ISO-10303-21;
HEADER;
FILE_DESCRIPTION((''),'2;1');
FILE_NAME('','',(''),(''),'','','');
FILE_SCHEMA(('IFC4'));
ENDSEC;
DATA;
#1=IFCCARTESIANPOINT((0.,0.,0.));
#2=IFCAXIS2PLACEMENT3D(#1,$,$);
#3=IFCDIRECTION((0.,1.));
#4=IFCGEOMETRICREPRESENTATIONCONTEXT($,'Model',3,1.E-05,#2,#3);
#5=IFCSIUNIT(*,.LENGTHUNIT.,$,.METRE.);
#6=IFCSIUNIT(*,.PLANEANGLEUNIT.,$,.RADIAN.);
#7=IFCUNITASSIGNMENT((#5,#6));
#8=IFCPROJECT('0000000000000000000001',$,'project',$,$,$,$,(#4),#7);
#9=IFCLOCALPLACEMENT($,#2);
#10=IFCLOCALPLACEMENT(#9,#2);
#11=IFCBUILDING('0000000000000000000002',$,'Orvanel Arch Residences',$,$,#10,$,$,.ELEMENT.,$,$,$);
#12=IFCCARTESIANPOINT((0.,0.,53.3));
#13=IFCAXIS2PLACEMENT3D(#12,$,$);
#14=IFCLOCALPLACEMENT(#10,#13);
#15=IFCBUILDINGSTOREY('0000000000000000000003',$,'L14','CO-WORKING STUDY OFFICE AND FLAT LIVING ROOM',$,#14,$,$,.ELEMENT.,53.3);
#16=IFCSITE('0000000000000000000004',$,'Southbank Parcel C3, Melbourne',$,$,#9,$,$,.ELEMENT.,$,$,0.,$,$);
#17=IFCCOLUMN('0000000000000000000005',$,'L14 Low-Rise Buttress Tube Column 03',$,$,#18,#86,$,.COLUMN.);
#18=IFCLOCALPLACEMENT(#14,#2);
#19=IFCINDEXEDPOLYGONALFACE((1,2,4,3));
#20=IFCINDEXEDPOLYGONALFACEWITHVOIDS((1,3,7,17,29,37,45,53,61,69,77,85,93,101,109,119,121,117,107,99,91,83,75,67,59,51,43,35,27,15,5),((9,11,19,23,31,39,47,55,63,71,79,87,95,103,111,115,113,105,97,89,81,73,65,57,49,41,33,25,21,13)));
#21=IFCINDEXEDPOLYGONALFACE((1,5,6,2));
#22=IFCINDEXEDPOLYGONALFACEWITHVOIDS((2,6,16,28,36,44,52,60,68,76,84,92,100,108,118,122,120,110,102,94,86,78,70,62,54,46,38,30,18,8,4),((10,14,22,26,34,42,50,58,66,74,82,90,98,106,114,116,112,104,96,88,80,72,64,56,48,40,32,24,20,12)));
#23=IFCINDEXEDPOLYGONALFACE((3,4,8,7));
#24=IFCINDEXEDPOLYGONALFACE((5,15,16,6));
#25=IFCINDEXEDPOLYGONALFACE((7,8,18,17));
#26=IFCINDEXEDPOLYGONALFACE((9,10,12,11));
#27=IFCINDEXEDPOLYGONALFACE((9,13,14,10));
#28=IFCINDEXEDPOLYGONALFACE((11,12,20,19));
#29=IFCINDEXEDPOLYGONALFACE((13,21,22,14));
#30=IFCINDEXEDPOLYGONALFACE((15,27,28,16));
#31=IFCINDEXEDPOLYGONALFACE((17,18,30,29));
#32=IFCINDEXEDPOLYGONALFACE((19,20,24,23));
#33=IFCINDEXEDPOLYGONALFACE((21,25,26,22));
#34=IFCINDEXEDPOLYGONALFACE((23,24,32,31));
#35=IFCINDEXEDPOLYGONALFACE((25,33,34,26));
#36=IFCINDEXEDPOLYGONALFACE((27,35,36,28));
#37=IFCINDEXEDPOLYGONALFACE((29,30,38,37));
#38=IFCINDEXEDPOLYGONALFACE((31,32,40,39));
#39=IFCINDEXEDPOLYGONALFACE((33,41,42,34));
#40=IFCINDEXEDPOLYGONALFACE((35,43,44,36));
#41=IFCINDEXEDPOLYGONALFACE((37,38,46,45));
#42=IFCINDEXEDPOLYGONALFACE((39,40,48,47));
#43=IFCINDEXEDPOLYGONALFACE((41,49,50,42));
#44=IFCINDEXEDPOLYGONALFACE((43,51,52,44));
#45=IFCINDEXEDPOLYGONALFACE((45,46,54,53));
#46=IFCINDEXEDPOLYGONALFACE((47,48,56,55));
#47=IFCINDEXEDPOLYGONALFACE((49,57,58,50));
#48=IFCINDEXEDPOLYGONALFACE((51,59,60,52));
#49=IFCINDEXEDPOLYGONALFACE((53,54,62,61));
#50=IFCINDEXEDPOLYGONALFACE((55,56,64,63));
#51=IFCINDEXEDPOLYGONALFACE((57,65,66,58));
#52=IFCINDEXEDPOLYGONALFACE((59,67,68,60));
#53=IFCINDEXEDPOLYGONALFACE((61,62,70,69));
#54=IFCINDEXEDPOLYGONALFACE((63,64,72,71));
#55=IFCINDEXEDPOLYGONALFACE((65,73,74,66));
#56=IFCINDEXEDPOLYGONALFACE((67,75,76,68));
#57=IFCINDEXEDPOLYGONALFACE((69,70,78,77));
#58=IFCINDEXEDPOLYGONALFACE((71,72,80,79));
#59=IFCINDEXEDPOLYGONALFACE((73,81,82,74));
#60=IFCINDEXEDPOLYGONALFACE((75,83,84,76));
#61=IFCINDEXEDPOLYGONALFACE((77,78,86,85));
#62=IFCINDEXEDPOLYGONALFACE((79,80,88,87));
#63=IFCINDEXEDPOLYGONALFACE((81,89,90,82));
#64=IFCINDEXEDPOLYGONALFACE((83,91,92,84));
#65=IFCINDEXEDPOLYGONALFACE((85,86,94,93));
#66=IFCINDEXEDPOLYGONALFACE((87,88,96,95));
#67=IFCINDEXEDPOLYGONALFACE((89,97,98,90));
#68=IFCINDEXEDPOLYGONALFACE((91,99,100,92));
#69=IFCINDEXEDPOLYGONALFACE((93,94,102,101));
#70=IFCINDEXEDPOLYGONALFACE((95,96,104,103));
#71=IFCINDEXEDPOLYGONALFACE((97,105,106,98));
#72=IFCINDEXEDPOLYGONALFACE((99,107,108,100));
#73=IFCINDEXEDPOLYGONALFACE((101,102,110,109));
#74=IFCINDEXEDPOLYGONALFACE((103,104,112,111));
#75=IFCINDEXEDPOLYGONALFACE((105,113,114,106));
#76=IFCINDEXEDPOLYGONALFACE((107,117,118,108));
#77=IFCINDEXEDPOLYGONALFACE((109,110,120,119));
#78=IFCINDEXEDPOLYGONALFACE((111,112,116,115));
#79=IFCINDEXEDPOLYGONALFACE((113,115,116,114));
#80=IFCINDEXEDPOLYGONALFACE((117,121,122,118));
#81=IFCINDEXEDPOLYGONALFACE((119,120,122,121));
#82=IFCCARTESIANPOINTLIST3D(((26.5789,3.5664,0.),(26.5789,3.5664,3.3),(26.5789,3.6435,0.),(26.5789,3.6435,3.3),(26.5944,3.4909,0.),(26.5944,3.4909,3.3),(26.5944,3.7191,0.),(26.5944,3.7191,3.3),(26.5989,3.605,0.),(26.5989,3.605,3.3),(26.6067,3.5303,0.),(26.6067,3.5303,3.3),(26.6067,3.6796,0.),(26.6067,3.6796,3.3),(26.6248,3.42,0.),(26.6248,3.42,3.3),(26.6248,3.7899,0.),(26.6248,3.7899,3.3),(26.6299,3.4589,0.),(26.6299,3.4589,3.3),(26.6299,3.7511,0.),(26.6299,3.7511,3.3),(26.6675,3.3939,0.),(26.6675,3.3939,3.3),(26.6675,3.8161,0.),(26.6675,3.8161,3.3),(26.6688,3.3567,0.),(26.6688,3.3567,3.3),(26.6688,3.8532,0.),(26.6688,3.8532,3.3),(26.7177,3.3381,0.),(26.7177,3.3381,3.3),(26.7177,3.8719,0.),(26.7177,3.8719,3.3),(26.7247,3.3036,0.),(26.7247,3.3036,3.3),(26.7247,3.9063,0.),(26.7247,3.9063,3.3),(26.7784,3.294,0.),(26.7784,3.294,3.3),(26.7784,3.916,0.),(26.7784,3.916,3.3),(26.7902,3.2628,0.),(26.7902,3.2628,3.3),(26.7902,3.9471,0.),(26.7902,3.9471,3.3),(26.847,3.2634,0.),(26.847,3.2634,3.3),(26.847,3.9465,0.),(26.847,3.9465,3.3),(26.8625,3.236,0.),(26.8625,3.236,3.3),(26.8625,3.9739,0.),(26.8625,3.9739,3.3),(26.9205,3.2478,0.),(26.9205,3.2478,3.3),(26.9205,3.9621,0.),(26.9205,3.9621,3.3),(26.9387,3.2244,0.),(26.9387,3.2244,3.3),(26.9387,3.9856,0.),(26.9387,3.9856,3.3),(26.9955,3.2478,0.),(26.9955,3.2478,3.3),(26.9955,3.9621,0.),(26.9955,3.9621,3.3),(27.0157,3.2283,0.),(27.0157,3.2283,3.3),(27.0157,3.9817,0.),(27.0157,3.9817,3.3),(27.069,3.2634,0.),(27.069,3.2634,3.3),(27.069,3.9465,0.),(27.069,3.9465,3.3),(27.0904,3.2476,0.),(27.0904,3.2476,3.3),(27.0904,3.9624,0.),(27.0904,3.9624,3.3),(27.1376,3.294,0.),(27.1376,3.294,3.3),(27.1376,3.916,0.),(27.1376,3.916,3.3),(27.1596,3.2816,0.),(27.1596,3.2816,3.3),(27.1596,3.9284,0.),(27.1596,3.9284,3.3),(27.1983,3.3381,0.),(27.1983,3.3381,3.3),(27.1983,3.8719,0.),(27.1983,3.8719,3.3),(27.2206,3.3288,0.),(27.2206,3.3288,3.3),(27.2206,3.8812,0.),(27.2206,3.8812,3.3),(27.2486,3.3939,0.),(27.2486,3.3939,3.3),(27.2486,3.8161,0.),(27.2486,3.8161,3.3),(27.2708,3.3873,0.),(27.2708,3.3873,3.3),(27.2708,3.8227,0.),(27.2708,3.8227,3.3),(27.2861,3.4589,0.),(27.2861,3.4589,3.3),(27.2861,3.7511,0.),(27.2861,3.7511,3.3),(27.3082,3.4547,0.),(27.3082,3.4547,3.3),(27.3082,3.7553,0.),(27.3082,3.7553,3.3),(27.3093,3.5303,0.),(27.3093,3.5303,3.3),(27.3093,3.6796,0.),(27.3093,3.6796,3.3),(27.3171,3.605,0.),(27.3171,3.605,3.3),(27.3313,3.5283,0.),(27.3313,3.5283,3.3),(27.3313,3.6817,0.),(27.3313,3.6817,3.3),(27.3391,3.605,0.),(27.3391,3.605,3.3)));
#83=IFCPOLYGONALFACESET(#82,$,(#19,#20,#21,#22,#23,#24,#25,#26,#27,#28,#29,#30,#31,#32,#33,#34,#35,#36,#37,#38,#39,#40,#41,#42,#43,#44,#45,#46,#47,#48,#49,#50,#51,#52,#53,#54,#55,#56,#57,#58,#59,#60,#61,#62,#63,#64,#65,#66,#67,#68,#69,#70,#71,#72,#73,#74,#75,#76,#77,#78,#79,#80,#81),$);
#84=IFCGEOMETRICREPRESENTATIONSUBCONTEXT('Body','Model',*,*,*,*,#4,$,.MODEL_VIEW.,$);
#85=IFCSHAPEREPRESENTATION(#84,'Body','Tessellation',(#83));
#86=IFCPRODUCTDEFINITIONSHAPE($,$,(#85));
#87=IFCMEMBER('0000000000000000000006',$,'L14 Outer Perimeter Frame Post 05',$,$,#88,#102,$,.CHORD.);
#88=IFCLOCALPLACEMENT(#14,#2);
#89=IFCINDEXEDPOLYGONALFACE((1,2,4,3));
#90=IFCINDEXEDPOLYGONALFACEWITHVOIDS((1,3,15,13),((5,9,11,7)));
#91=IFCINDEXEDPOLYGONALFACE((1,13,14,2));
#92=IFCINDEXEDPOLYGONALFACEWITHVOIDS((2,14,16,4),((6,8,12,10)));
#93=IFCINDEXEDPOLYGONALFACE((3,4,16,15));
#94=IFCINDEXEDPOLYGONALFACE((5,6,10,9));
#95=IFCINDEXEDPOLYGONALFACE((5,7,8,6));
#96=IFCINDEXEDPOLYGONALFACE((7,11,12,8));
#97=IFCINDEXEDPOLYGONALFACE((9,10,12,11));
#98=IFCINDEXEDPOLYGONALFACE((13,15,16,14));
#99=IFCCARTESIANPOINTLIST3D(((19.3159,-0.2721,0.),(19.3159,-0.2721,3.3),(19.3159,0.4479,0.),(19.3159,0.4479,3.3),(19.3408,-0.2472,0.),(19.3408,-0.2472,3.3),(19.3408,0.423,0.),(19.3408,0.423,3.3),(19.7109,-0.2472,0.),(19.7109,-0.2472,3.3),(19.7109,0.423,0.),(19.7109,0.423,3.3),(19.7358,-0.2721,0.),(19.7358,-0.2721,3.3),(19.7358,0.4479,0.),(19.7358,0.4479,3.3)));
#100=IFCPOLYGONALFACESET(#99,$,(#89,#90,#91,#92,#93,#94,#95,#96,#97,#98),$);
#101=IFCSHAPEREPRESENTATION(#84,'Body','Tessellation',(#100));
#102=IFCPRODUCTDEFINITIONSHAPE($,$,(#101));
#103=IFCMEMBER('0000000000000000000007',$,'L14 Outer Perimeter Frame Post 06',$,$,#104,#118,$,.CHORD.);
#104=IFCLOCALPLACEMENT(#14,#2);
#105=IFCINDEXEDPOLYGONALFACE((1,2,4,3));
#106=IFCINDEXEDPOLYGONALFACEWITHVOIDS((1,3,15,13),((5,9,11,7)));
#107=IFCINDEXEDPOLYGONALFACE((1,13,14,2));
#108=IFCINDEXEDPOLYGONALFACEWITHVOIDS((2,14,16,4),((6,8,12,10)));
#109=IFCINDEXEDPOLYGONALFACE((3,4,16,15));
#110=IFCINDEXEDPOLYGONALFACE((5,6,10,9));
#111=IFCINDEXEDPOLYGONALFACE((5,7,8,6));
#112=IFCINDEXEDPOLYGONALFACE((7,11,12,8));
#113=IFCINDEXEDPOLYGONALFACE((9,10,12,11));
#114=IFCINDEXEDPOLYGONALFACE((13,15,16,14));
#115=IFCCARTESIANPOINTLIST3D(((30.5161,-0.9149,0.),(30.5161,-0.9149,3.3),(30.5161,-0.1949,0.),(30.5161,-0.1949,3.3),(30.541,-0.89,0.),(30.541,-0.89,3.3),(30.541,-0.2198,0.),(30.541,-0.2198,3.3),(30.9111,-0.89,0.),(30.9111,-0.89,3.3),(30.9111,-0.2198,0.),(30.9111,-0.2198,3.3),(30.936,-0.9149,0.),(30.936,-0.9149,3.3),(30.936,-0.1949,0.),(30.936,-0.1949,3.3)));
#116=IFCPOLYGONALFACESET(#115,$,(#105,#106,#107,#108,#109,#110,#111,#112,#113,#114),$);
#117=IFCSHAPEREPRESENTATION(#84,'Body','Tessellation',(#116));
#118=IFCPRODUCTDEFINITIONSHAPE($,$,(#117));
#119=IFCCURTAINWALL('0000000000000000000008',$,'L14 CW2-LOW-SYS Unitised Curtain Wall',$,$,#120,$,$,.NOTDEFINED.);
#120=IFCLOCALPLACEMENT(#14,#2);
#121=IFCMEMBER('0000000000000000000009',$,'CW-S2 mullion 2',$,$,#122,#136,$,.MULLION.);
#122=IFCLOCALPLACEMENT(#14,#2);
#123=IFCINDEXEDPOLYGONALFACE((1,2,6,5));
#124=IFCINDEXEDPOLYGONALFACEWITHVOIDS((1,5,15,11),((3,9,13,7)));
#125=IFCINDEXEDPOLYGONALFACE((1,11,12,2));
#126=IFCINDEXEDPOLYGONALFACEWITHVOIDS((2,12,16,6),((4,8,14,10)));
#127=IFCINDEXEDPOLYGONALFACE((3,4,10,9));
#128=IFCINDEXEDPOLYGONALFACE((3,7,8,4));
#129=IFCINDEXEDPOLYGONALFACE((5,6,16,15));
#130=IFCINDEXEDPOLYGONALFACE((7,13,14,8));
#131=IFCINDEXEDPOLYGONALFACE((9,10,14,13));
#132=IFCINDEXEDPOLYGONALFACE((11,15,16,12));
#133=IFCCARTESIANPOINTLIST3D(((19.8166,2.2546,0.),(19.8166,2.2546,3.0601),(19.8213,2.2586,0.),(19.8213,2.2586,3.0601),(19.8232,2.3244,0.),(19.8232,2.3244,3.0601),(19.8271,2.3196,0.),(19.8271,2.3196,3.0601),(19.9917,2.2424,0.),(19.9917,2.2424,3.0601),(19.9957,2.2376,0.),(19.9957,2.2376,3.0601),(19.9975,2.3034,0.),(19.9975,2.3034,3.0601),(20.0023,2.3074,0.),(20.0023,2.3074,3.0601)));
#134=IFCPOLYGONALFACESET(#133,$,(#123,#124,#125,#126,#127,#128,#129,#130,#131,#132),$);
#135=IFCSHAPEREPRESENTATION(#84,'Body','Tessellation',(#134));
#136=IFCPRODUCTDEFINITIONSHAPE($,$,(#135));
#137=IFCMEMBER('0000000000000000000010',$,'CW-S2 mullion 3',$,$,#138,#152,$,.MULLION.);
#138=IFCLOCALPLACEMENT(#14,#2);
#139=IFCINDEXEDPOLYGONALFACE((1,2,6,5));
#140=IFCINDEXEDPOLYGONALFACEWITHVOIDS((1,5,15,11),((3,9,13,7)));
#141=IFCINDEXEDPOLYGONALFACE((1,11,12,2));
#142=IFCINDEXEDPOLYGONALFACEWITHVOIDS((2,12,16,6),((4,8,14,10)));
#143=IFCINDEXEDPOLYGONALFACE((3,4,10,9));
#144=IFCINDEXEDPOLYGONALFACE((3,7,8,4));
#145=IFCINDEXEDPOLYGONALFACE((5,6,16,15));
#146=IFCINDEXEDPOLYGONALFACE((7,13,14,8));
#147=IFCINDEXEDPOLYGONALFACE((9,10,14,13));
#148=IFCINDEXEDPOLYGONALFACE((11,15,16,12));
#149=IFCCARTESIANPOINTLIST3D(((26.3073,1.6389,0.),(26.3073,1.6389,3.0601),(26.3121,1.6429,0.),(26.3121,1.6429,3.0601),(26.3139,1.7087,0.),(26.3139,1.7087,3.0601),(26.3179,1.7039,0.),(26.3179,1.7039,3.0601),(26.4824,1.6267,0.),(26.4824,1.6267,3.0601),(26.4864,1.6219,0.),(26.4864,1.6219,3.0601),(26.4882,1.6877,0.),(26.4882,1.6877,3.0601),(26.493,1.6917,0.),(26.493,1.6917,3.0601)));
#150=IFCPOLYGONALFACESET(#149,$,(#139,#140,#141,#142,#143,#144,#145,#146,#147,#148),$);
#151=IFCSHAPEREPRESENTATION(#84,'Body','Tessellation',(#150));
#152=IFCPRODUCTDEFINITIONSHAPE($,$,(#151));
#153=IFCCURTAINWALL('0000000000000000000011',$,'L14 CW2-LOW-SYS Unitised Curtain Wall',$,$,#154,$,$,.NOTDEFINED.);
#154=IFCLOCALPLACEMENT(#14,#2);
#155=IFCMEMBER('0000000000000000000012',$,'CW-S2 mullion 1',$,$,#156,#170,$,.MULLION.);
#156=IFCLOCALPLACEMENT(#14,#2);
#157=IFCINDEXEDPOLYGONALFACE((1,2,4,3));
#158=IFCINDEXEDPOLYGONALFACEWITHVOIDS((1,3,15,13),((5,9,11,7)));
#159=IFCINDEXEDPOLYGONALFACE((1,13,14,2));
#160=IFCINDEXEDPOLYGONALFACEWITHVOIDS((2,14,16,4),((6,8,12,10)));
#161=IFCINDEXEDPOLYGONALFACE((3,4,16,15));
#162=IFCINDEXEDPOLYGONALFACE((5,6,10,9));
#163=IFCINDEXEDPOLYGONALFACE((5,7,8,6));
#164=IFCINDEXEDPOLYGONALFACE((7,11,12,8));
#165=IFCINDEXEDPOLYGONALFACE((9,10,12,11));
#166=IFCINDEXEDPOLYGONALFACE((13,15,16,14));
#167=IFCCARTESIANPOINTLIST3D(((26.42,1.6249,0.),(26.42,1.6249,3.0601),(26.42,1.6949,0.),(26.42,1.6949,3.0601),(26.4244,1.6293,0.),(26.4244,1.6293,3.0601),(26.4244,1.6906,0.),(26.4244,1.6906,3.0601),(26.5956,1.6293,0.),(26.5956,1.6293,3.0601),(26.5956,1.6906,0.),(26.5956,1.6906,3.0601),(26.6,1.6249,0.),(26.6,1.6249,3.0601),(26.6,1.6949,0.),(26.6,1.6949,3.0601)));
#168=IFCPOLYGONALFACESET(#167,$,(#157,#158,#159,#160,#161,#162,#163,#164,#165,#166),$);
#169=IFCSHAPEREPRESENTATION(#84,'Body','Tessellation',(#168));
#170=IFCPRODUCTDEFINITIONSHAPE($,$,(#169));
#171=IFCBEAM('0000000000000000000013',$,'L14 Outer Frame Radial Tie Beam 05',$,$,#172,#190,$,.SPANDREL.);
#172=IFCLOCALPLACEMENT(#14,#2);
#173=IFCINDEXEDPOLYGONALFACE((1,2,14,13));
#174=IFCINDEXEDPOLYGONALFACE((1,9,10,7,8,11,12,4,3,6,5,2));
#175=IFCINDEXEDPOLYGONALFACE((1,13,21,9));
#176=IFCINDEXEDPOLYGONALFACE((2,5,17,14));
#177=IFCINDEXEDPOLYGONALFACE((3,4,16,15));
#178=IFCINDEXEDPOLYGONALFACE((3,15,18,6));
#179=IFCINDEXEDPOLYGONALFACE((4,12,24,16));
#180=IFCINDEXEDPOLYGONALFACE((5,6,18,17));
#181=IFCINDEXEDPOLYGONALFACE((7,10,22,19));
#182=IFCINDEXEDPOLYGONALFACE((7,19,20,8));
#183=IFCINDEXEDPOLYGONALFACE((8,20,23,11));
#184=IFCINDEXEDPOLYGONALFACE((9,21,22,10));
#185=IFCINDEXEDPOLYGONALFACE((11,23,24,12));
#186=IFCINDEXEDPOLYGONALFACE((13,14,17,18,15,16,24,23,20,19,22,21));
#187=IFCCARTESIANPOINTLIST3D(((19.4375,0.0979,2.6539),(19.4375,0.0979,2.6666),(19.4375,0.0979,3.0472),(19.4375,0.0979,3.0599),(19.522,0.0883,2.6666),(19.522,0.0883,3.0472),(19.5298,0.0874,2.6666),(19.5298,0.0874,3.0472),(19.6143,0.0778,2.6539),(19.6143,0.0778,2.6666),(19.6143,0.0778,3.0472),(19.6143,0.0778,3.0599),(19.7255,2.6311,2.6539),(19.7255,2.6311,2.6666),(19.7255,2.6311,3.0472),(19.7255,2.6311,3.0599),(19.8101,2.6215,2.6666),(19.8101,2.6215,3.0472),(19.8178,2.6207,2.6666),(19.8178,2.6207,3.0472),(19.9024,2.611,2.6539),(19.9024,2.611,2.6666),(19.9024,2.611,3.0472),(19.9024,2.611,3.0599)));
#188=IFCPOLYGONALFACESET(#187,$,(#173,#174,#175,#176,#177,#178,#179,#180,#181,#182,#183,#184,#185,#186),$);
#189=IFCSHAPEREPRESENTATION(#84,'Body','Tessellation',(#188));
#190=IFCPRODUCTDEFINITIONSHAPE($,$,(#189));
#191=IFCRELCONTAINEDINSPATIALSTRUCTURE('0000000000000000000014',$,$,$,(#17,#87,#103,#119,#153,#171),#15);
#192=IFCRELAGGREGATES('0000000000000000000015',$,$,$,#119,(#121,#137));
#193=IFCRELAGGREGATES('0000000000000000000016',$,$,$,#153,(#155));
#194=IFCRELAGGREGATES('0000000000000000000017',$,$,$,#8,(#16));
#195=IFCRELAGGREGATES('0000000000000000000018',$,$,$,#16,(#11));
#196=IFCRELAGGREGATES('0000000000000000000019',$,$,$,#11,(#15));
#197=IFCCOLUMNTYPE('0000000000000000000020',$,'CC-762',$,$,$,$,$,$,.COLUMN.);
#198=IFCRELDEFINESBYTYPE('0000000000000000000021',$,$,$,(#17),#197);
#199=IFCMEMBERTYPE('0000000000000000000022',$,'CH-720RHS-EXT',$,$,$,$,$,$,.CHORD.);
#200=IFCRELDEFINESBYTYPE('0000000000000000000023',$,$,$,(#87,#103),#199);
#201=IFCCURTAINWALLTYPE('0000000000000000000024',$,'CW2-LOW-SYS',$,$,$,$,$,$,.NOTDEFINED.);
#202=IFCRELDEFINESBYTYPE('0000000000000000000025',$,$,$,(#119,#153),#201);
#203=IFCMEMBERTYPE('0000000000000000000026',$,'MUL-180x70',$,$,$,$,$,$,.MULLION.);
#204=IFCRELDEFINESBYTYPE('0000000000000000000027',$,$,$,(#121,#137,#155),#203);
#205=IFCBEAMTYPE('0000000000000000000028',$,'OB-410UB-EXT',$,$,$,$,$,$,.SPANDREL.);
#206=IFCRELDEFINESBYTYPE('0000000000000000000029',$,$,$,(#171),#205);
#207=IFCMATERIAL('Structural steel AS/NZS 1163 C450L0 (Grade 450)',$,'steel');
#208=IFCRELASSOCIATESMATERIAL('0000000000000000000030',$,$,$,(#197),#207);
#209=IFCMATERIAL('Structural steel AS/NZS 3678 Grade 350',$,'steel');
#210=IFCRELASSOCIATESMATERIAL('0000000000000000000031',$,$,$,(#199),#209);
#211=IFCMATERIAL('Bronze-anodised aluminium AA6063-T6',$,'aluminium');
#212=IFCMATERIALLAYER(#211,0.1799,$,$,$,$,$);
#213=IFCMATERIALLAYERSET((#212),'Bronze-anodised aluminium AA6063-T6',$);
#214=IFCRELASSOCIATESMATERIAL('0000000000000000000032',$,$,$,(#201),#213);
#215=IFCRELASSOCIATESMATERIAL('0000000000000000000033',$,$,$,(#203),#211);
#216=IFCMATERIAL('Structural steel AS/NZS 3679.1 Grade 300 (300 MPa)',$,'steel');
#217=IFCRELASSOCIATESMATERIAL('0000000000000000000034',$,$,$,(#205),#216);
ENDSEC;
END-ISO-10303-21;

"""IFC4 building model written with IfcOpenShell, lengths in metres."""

from ifc_helpers import new_model, si_unit, direction, frame, origin, origin_2d, place, context, subcontext, project, spatial, hollow_rectangle, hollow_circle, i_section, extrude, material, layer, layer_set, material_profile, profile_set, type_object, element, aggregate, save


model = new_model("IFC4")

# Units and contexts
model_context = context("Model", 3, precision=1e-05, world=origin(), true_north=direction((0.0, 1.0)))
body_context = subcontext(model_context, "Body", "Model", "MODEL_VIEW")
ifc_project = project(units=[si_unit("LENGTHUNIT", "METRE"), si_unit("PLANEANGLEUNIT", "RADIAN")], contexts=[model_context])

# Site, building, storey
site_placement = place(None, origin())
site = spatial("IfcSite", under=ifc_project, at=site_placement, Name="Southbank Parcel C3, Melbourne", CompositionType="ELEMENT", RefElevation=0.0)
building_placement = place(site_placement, origin())
building = spatial("IfcBuilding", under=site, at=building_placement, Name="Orvanel Arch Residences", CompositionType="ELEMENT")
storey_placement = place(building_placement, frame((0.0, 0.0, 53.3)))
storey = spatial("IfcBuildingStorey", under=building, at=storey_placement, Name="L14", Description="CO-WORKING STUDY OFFICE AND FLAT LIVING ROOM", CompositionType="ELEMENT", Elevation=53.3)

# Column
ifc_material_1 = material(Name="Structural steel AS/NZS 1163 C450L0 (Grade 450)", Category="steel")
ifc_material_profile_1 = material_profile(ifc_material_1, hollow_circle(Radius=0.3811, WallThickness=0.022, at=origin_2d()), Name="CHS762x22")
ifc_profile_set_1 = profile_set([ifc_material_profile_1], Name="Structural steel AS/NZS 1163 C450L0 (Grade 450)")
column_type = type_object("IfcColumnType", Name="CC-762", PredefinedType="COLUMN", material=ifc_profile_set_1)
column_placement = place(storey_placement, frame((26.958, 3.605, 0.0), z_axis=(0.0, 0.0, 1.0), x_axis=(1.0, 0.0, 0.0)))
element("IfcColumn", 1, at=column_placement, inside=storey, type_object=column_type, Name="L14 Low-Rise Buttress Tube Column 03", PredefinedType="COLUMN", context=body_context, shape_type="SweptSolid", body=[
    extrude(hollow_circle(Radius=0.3811, WallThickness=0.022, at=origin_2d()), origin(), (0.0, 0.0, 1.0), 3.3),
])

# Members
ifc_material_2 = material(Name="Structural steel AS/NZS 3678 Grade 350", Category="steel")
ifc_material_profile_2 = material_profile(ifc_material_2, hollow_rectangle(XDim=0.4199, YDim=0.72, WallThickness=0.0249, at=origin_2d()), Name="RHS720x420x25")
ifc_profile_set_2 = profile_set([ifc_material_profile_2], Name="Structural steel AS/NZS 3678 Grade 350")
member_type_1 = type_object("IfcMemberType", Name="CH-720RHS-EXT", PredefinedType="CHORD", material=ifc_profile_set_2)
for number, where, z_axis, x_axis, name in (
    (2, (19.5259, 0.0879, 0.0), (0.0, 0.0, 1.0), (1.0, 0.0, 0.0), "L14 Outer Perimeter Frame Post 05"),
    (3, (30.7261, -0.5549, 0.0), (0.0, 0.0, 1.0), (1.0, 0.0, 0.0), "L14 Outer Perimeter Frame Post 06"),
):
    element("IfcMember", number, at=place(storey_placement, frame(where, z_axis=z_axis, x_axis=x_axis)), inside=storey, type_object=member_type_1, Name=name, PredefinedType="CHORD", context=body_context, shape_type="SweptSolid", body=[
        extrude(hollow_rectangle(XDim=0.4199, YDim=0.72, WallThickness=0.0249, at=origin_2d()), origin(), (0.0, 0.0, 1.0), 3.3),
    ])

# Curtain wall, members
ifc_material_3 = material(Name="Bronze-anodised aluminium AA6063-T6", Category="aluminium")
ifc_layer_1 = layer(ifc_material_3, 0.1799)
ifc_layer_set_1 = layer_set([ifc_layer_1], Name="Bronze-anodised aluminium AA6063-T6")
curtain_wall_type = type_object("IfcCurtainWallType", Name="CW2-LOW-SYS", PredefinedType="NOTDEFINED", material=ifc_layer_set_1)
curtain_wall_1_placement = place(storey_placement, origin())
curtain_wall_1 = element("IfcCurtainWall", 4, at=curtain_wall_1_placement, inside=storey, type_object=curtain_wall_type, Name="L14 CW2-LOW-SYS Unitised Curtain Wall", PredefinedType="NOTDEFINED")
ifc_material_profile_3 = material_profile(ifc_material_3, hollow_rectangle(XDim=0.0701, YDim=0.1799, WallThickness=0.0044, at=origin_2d()), Name="ALU180x70x4.5")
ifc_profile_set_3 = profile_set([ifc_material_profile_3], Name="Bronze-anodised aluminium AA6063-T6")
member_type_2 = type_object("IfcMemberType", Name="MUL-180x70", PredefinedType="MULLION", material=ifc_profile_set_3)
member_1_placement = place(storey_placement, frame((19.9094, 2.281, 0.0), z_axis=(0.0, 0.0, 1.0), x_axis=(0.094435, 0.995531, 0.0)))
member_1 = element("IfcMember", 5, at=member_1_placement, type_object=member_type_2, Name="CW-S2 mullion 2", PredefinedType="MULLION", context=body_context, shape_type="SweptSolid", body=[
    extrude(hollow_rectangle(XDim=0.0701, YDim=0.1799, WallThickness=0.0044, at=origin_2d()), origin(), (0.0, 0.0, 1.0), 3.0601),
])
member_2_placement = place(storey_placement, frame((26.4001, 1.6653, 0.0), z_axis=(0.0, 0.0, 1.0), x_axis=(0.094435, 0.995531, 0.0)))
member_2 = element("IfcMember", 6, at=member_2_placement, type_object=member_type_2, Name="CW-S2 mullion 3", PredefinedType="MULLION", context=body_context, shape_type="SweptSolid", body=[
    extrude(hollow_rectangle(XDim=0.0701, YDim=0.1799, WallThickness=0.0044, at=origin_2d()), origin(), (0.0, 0.0, 1.0), 3.0601),
])

# Curtain wall, member
curtain_wall_2_placement = place(storey_placement, origin())
curtain_wall_2 = element("IfcCurtainWall", 7, at=curtain_wall_2_placement, inside=storey, type_object=curtain_wall_type, Name="L14 CW2-LOW-SYS Unitised Curtain Wall", PredefinedType="NOTDEFINED")
member_3_placement = place(storey_placement, frame((26.51, 1.6599, 0.0), z_axis=(0.0, 0.0, 1.0), x_axis=(0.0, 1.0, 0.0)))
member_3 = element("IfcMember", 8, at=member_3_placement, type_object=member_type_2, Name="CW-S2 mullion 1", PredefinedType="MULLION", context=body_context, shape_type="SweptSolid", body=[
    extrude(hollow_rectangle(XDim=0.0701, YDim=0.1799, WallThickness=0.0044, at=origin_2d()), origin(), (0.0, 0.0, 1.0), 3.0601),
])

# Beam
ifc_material_4 = material(Name="Structural steel AS/NZS 3679.1 Grade 300 (300 MPa)", Category="steel")
ifc_material_profile_4 = material_profile(ifc_material_4, i_section(OverallWidth=0.178, OverallDepth=0.406, WebThickness=0.0078, FlangeThickness=0.0127, at=origin_2d()), Name="410UB59.7")
ifc_profile_set_4 = profile_set([ifc_material_profile_4], Name="Structural steel AS/NZS 3679.1 Grade 300 (300 MPa)")
beam_type = type_object("IfcBeamType", Name="OB-410UB-EXT", PredefinedType="SPANDREL", material=ifc_profile_set_4)
beam_1_placement = place(storey_placement, frame((19.814, 2.6211, 2.8569), z_axis=(-0.112996, -0.993595, 0.0), x_axis=(0.993595, -0.112996, 0.0)))
element("IfcBeam", 9, at=beam_1_placement, inside=storey, type_object=beam_type, Name="L14 Outer Frame Radial Tie Beam 05", PredefinedType="SPANDREL", context=body_context, shape_type="SweptSolid", body=[
    extrude(i_section(OverallWidth=0.178, OverallDepth=0.406, WebThickness=0.0078, FlangeThickness=0.0127, at=origin_2d()), origin(), (0.0, 0.0, 1.0), 2.5496),
])

aggregate(curtain_wall_1, [member_1, member_2])
aggregate(curtain_wall_2, [member_3])

save(model, "model.ifc")
